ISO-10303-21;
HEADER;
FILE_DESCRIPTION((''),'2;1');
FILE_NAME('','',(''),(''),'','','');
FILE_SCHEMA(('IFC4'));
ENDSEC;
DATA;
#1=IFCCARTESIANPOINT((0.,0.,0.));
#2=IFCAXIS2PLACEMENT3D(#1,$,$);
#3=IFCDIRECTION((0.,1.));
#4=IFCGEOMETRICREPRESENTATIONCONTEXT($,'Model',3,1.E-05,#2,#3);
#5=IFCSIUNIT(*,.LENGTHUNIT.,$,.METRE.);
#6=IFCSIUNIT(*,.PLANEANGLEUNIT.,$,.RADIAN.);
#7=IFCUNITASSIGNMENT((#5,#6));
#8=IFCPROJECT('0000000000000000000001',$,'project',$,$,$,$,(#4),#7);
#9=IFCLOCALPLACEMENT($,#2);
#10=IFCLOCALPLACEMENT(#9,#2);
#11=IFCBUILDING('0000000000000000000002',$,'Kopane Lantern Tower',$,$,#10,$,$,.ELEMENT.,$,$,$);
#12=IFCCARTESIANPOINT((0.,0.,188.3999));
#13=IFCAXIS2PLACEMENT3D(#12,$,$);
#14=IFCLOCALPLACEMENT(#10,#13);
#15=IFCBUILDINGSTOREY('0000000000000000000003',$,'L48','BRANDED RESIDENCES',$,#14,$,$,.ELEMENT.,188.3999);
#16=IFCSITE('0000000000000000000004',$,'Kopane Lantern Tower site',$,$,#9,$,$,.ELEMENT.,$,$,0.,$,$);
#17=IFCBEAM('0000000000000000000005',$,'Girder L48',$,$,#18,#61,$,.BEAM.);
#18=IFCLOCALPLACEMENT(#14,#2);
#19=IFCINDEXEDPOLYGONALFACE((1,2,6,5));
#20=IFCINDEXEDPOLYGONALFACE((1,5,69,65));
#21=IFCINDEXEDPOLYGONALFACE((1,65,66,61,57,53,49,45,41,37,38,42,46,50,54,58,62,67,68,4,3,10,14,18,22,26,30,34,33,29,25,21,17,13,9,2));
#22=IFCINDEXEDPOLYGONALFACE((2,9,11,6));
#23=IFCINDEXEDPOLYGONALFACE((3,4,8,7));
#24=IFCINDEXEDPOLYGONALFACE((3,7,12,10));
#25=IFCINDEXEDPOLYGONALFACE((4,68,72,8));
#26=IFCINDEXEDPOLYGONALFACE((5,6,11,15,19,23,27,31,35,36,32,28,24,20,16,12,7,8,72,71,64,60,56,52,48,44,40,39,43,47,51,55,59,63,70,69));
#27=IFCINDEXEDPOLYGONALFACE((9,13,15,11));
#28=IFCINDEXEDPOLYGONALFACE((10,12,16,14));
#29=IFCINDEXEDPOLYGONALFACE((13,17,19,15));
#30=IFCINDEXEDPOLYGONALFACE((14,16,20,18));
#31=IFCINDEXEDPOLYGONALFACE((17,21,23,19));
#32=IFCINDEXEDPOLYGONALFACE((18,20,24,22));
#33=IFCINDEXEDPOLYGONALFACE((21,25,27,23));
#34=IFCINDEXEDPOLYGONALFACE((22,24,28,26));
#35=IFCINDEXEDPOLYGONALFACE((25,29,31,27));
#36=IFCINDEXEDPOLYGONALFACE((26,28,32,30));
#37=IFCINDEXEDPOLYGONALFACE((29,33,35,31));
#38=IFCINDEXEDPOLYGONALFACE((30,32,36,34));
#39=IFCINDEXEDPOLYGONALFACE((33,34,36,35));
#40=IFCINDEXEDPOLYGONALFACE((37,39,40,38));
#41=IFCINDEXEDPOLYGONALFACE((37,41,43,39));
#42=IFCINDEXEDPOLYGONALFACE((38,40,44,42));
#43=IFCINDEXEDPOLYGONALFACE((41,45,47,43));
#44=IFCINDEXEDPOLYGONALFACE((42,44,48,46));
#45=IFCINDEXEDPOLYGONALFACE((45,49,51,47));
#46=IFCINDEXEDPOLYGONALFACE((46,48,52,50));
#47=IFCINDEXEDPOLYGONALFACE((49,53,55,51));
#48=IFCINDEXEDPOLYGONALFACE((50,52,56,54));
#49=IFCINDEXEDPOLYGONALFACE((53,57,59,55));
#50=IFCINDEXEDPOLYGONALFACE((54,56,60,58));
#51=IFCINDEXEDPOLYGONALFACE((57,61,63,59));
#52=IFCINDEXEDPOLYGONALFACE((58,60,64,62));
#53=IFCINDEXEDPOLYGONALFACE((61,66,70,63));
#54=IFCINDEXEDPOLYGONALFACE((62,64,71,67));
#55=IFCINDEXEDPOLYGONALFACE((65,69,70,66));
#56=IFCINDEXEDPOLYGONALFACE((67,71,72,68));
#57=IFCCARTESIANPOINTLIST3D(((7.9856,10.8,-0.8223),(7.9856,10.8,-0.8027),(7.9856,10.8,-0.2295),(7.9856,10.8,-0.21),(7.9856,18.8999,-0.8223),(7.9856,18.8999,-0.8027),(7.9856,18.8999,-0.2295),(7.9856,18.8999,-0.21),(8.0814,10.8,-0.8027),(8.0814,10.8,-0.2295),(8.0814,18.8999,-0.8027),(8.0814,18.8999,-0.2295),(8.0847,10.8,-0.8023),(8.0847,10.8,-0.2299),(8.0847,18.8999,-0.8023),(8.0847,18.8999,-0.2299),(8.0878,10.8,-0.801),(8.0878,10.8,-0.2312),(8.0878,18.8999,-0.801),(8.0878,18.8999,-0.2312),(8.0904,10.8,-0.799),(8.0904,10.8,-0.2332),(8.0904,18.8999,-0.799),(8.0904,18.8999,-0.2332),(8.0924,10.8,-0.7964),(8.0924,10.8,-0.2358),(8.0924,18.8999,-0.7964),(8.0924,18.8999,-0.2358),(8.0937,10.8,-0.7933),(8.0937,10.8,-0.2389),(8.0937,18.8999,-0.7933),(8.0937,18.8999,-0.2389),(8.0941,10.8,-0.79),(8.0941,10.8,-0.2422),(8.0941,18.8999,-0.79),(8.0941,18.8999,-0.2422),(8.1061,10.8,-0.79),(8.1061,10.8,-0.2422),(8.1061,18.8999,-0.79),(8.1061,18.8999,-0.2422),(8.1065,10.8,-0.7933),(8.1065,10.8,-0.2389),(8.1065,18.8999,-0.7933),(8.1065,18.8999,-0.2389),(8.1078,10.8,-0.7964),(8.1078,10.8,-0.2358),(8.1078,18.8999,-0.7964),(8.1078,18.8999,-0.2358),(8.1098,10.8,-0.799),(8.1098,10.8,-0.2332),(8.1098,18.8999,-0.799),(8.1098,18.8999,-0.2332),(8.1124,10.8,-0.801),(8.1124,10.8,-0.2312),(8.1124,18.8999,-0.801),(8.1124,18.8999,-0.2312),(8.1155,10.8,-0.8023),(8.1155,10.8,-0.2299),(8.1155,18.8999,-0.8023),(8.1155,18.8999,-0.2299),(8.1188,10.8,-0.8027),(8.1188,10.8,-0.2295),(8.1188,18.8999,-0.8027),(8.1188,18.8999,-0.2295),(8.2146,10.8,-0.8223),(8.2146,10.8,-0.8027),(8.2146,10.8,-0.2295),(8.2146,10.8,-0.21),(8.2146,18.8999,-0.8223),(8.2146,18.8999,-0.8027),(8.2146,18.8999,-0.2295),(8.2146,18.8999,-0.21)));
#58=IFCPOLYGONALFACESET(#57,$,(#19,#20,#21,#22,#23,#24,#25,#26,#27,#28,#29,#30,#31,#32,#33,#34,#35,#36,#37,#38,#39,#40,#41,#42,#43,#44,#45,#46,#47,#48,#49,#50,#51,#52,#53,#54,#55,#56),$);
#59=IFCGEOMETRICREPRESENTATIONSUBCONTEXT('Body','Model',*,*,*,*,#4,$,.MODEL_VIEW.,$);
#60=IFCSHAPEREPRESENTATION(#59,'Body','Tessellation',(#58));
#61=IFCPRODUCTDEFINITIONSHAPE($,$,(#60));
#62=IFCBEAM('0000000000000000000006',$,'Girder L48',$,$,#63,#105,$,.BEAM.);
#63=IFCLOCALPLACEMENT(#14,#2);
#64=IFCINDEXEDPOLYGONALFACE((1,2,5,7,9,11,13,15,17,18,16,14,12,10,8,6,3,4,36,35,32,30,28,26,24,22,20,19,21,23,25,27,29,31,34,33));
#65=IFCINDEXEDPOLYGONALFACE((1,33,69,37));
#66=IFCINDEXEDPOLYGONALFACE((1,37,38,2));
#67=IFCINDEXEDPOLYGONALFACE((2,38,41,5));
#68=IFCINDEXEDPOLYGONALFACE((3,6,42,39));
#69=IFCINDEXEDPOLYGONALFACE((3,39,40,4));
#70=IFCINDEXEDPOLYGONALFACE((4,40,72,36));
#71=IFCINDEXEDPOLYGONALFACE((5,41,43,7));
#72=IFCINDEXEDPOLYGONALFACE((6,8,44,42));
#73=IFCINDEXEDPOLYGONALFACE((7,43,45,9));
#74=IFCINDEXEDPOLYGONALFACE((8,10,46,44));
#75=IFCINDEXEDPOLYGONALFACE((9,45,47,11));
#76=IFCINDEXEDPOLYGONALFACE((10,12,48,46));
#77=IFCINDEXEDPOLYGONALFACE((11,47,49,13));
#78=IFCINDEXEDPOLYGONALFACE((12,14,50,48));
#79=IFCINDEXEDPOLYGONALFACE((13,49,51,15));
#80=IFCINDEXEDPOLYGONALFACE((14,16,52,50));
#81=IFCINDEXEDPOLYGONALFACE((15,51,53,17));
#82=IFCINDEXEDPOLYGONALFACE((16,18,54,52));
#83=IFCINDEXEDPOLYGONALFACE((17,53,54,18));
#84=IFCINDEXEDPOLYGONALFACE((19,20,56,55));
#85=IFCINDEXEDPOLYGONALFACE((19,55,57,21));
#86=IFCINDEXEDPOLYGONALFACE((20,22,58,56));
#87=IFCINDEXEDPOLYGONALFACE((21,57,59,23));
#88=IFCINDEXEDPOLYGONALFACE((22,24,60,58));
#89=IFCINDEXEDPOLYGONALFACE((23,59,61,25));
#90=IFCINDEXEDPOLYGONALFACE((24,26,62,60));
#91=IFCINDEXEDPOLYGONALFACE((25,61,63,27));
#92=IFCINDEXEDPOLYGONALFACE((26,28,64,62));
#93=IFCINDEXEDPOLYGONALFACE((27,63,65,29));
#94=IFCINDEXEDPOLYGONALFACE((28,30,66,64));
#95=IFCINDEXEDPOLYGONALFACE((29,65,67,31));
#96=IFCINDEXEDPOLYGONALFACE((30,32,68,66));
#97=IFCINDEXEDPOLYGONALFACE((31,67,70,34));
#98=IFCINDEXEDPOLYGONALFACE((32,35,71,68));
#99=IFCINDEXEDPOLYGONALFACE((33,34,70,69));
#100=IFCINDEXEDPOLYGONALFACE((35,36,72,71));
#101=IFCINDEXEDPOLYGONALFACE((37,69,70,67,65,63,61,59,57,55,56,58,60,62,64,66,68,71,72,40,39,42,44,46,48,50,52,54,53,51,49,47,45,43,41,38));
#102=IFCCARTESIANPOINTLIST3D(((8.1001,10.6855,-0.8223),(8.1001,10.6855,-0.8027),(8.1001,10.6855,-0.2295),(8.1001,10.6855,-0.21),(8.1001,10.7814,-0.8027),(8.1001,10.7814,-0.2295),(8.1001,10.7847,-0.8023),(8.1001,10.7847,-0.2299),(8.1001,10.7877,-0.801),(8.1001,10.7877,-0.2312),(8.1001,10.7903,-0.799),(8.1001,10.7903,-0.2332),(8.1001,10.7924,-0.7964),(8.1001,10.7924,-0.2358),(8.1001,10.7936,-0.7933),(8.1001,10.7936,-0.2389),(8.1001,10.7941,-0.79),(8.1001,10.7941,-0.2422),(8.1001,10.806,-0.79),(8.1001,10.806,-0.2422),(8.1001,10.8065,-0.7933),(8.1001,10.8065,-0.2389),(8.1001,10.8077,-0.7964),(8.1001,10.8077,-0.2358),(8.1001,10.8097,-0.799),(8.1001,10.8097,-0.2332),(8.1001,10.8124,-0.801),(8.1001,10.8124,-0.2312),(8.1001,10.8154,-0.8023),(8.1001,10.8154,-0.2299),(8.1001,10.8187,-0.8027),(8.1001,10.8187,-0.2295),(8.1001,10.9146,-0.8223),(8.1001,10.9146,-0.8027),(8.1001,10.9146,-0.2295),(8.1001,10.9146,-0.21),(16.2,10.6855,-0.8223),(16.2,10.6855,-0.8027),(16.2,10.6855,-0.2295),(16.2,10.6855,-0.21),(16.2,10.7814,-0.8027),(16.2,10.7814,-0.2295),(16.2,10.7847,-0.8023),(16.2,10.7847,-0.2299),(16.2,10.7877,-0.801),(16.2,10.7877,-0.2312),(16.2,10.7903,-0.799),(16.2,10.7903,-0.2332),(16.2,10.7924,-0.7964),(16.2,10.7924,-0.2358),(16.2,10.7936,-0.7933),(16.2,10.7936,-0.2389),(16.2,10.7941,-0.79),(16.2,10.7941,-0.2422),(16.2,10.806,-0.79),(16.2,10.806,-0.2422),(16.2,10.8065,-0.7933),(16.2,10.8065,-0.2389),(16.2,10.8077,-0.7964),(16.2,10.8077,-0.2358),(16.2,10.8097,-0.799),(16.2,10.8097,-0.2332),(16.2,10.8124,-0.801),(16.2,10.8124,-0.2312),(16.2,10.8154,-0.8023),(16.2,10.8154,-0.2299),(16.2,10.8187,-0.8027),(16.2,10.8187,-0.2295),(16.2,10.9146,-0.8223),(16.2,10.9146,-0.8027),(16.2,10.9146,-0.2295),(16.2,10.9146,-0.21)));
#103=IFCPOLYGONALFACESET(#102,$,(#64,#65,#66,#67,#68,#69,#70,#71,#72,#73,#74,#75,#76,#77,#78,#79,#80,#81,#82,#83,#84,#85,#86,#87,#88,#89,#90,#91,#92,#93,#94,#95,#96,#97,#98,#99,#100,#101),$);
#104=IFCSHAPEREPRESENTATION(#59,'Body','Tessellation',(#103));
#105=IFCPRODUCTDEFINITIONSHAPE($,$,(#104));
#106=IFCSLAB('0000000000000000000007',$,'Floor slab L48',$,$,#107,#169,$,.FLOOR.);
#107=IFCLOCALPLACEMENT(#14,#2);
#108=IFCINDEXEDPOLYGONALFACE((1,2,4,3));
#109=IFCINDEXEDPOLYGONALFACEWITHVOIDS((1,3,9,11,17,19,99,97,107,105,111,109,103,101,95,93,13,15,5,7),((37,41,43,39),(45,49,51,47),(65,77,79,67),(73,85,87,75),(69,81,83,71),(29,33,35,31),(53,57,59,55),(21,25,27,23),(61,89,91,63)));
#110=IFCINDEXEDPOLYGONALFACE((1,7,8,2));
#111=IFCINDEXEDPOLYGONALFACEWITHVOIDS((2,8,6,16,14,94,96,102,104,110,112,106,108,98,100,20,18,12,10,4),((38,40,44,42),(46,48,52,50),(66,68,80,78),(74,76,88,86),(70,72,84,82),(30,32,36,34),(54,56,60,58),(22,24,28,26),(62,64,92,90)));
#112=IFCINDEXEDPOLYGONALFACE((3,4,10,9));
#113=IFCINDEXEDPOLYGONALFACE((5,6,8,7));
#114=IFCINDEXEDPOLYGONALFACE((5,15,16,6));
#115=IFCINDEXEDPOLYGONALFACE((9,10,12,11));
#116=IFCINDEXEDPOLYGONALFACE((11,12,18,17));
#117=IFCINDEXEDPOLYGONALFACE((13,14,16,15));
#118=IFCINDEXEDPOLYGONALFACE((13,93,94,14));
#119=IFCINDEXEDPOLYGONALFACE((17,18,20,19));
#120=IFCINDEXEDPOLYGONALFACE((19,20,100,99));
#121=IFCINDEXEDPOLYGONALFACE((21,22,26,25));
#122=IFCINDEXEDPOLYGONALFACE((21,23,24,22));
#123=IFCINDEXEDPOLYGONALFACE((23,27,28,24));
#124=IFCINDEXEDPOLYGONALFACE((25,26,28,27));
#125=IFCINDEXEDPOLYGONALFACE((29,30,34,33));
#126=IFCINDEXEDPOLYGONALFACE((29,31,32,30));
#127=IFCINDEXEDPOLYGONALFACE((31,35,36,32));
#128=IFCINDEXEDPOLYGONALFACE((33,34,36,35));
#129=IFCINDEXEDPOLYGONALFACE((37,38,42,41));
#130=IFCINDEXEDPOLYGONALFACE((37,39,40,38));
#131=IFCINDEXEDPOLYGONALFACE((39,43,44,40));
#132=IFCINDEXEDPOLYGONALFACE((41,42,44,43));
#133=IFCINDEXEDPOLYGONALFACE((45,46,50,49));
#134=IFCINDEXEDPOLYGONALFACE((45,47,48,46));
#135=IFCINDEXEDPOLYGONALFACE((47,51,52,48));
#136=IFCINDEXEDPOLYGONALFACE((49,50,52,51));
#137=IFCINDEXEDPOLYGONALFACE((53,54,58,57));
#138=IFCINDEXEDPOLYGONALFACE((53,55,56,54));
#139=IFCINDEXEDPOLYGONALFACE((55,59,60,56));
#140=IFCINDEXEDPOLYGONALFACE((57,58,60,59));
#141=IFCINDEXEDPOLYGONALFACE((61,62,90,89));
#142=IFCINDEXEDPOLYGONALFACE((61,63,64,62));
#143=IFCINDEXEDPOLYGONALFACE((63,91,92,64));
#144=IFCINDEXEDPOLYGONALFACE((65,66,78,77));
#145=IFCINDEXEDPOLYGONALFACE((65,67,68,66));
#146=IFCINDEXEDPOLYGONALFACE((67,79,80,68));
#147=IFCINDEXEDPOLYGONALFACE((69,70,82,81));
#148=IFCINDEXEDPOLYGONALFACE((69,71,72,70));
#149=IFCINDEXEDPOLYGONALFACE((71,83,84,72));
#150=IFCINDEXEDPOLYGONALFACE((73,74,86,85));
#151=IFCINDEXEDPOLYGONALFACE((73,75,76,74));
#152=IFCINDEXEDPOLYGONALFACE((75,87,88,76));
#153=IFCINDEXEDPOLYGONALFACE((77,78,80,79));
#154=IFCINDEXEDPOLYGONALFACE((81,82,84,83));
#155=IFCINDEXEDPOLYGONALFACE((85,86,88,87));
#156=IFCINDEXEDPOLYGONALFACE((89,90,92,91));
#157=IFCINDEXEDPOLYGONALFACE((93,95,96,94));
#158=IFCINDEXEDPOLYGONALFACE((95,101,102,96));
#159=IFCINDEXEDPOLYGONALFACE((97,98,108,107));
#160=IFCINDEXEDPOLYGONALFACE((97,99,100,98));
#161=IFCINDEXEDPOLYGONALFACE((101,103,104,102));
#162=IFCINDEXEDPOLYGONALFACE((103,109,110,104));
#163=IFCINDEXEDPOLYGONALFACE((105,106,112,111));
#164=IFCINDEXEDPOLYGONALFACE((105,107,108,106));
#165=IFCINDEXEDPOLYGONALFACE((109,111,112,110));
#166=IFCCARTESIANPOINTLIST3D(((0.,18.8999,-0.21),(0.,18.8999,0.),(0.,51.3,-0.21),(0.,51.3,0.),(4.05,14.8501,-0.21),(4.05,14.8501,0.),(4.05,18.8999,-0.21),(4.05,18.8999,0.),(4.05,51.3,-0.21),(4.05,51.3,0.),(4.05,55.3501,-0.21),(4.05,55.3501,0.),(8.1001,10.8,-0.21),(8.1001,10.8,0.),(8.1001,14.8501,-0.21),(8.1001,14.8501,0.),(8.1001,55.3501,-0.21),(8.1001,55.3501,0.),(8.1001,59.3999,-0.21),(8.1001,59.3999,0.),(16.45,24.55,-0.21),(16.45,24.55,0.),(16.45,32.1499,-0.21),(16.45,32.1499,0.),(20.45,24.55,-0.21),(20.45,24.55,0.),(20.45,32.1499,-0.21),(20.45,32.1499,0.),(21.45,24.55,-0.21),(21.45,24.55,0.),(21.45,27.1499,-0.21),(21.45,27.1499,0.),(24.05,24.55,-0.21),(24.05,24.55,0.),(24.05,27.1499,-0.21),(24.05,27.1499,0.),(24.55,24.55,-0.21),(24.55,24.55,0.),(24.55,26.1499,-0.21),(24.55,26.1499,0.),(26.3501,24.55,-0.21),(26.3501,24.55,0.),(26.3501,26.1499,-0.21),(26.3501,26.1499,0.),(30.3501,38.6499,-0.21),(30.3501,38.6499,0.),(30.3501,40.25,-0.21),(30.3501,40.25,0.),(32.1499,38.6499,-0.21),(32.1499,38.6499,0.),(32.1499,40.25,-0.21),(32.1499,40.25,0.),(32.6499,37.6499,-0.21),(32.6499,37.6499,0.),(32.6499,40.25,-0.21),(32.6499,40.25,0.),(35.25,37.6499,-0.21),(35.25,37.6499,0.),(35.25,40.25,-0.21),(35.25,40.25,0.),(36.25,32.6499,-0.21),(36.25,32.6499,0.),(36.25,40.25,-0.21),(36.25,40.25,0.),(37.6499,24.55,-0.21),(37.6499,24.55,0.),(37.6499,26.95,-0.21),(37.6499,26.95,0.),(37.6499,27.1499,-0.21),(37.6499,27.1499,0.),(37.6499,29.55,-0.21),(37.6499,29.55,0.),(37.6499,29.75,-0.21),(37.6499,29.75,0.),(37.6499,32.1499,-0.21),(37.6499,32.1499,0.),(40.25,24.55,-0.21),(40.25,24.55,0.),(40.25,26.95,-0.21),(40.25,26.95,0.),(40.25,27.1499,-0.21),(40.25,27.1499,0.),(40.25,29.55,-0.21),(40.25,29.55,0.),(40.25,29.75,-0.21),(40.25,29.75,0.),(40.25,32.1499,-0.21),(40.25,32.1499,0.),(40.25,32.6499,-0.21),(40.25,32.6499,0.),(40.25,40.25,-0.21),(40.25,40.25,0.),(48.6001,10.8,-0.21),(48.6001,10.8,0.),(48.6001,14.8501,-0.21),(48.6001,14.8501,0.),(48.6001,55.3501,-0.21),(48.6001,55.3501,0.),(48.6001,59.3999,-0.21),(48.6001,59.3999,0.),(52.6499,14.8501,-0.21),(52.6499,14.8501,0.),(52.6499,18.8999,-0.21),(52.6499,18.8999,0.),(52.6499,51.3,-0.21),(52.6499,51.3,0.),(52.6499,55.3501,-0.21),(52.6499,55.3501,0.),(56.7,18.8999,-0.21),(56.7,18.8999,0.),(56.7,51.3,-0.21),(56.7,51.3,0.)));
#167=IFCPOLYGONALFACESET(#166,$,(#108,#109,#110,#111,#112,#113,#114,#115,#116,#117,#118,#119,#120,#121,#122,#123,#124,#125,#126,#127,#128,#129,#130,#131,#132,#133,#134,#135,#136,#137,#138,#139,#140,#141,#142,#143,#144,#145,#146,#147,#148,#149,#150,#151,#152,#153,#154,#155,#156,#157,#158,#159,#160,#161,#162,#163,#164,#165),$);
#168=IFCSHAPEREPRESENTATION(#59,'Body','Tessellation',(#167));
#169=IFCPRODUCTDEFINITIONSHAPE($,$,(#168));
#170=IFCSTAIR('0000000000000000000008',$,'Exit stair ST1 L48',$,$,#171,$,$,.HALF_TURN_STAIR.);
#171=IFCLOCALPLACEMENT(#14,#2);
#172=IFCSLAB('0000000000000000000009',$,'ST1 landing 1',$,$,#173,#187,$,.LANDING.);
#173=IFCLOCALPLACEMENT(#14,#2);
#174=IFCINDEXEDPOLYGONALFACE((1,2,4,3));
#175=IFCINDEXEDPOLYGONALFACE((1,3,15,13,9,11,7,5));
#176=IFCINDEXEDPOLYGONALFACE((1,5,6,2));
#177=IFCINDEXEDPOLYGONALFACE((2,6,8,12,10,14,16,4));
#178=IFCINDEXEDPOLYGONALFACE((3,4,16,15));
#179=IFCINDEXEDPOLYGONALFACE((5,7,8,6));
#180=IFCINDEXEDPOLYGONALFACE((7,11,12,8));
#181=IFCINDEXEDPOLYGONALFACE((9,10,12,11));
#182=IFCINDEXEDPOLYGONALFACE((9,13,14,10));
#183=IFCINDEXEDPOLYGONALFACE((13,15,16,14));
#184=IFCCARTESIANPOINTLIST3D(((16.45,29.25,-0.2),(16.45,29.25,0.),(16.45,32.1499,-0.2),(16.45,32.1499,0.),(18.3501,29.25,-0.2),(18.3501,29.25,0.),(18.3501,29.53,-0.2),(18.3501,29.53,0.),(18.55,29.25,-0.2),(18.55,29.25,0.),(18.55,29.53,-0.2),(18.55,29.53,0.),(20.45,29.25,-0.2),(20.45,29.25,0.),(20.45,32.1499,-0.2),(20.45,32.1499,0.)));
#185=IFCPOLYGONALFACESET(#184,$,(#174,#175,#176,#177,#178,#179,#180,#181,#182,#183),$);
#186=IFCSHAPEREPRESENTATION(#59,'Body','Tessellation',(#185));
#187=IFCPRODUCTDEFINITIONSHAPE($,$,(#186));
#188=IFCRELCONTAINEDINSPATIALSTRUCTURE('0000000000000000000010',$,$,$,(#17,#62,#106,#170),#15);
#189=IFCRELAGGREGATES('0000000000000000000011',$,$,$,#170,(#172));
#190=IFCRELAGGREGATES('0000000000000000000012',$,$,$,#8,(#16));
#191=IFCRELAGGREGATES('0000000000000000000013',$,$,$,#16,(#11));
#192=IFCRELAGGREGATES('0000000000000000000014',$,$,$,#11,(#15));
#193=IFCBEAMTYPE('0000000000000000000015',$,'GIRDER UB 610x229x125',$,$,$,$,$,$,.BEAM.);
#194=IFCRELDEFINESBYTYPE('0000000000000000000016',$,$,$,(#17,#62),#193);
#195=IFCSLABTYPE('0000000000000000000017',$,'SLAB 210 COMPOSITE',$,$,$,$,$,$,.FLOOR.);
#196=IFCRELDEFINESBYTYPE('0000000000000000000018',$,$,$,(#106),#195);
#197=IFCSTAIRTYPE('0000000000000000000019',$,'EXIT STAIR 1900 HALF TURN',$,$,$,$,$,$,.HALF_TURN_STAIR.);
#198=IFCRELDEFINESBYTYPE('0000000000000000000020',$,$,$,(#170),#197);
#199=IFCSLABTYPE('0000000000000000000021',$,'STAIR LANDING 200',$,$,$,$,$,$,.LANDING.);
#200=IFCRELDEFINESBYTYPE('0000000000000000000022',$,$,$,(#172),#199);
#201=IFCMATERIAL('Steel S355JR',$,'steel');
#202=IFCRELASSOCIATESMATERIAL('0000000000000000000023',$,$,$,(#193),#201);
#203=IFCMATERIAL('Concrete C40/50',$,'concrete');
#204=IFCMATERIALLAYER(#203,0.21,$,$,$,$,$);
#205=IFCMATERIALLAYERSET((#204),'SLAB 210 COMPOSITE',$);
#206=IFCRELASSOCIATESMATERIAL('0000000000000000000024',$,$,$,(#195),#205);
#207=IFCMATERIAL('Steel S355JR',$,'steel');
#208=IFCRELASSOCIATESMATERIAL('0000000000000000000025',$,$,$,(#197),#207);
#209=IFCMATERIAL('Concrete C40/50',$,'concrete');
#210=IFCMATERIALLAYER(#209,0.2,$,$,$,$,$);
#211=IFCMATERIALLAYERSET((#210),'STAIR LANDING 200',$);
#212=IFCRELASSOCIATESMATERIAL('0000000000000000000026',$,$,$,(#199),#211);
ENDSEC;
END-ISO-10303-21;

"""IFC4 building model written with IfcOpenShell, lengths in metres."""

from ifc_helpers import new_model, si_unit, direction, frame, origin, origin_2d, place, context, subcontext, project, spatial, polyline, i_section, outline, extrude, material, layer, layer_set, material_profile, profile_set, type_object, element, aggregate, save


model = new_model("IFC4")

# Units and contexts
model_context = context("Model", 3, precision=1e-05, world=origin(), true_north=direction((0.0, 1.0)))
body_context = subcontext(model_context, "Body", "Model", "MODEL_VIEW")
ifc_project = project(units=[si_unit("LENGTHUNIT", "METRE"), si_unit("PLANEANGLEUNIT", "RADIAN")], contexts=[model_context])

# Site, building, storey
site_placement = place(None, origin())
site = spatial("IfcSite", under=ifc_project, at=site_placement, Name="Kopane Lantern Tower site", CompositionType="ELEMENT", RefElevation=0.0)
building_placement = place(site_placement, origin())
building = spatial("IfcBuilding", under=site, at=building_placement, Name="Kopane Lantern Tower", CompositionType="ELEMENT")
storey_placement = place(building_placement, frame((0.0, 0.0, 188.3999)))
storey = spatial("IfcBuildingStorey", under=building, at=storey_placement, Name="L48", Description="BRANDED RESIDENCES", CompositionType="ELEMENT", Elevation=188.3999)

# Beams
ifc_material_1 = material(Name="Steel S355JR", Category="steel")
ifc_material_profile_1 = material_profile(ifc_material_1, i_section(OverallWidth=0.229, OverallDepth=0.6123, WebThickness=0.012, FlangeThickness=0.0195, FilletRadius=0.0127, at=origin_2d()), Name="UB 610x229x125")
ifc_profile_set_1 = profile_set([ifc_material_profile_1], Name="Steel S355JR")
beam_type_1 = type_object("IfcBeamType", Name="GIRDER UB 610x229x125", PredefinedType="BEAM", material=ifc_profile_set_1)
for number, where, z_axis, x_axis, name in (
    (1, (8.1001, 10.8, -0.5161), (0.0, 1.0, 0.0), (-1.0, 0.0, 0.0), "Girder L48"),
    (2, (8.1001, 10.8, -0.5161), (1.0, 0.0, 0.0), (0.0, 1.0, 0.0), "Girder L48"),
):
    element("IfcBeam", number, at=place(storey_placement, frame(where, z_axis=z_axis, x_axis=x_axis)), inside=storey, type_object=beam_type_1, Name=name, PredefinedType="BEAM", context=body_context, shape_type="SweptSolid", body=[
        extrude(i_section(OverallWidth=0.229, OverallDepth=0.6123, WebThickness=0.012, FlangeThickness=0.0195, FilletRadius=0.0127, at=origin_2d()), origin(), (0.0, 0.0, 1.0), 8.0999),
    ])

# Slab
ifc_material_2 = material(Name="Concrete C40/50", Category="concrete")
ifc_layer_1 = layer(ifc_material_2, 0.21)
ifc_layer_set_1 = layer_set([ifc_layer_1], Name="SLAB 210 COMPOSITE")
slab_type_1 = type_object("IfcSlabType", Name="SLAB 210 COMPOSITE", PredefinedType="FLOOR", material=ifc_layer_set_1)
slab_1_placement = place(storey_placement, frame((0.0, 0.0, -0.21)))
element("IfcSlab", 3, at=slab_1_placement, inside=storey, type_object=slab_type_1, Name="Floor slab L48", PredefinedType="FLOOR", context=body_context, shape_type="SweptSolid", body=[
    extrude(outline(polyline([(8.1001, 10.8), (48.6001, 10.8), (48.6001, 14.8501), (52.6499, 14.8501), (52.6499, 18.8999), (56.7, 18.8999), (56.7, 51.3), (52.6499, 51.3), (52.6499, 55.3501), (48.6001, 55.3501), (48.6001, 59.3999), (8.1001, 59.3999), (8.1001, 55.3501), (4.05, 55.3501), (4.05, 51.3), (0.0, 51.3), (0.0, 18.8999), (4.05, 18.8999), (4.05, 14.8501), (8.1001, 14.8501), (8.1001, 10.8)]), holes=[polyline([(16.45, 24.55), (20.45, 24.55), (20.45, 32.1499), (16.45, 32.1499), (16.45, 24.55)]), polyline([(36.25, 32.6499), (40.25, 32.6499), (40.25, 40.25), (36.25, 40.25), (36.25, 32.6499)]), polyline([(37.6499, 24.55), (40.25, 24.55), (40.25, 26.95), (37.6499, 26.95), (37.6499, 24.55)]), polyline([(37.6499, 27.1499), (40.25, 27.1499), (40.25, 29.55), (37.6499, 29.55), (37.6499, 27.1499)]), polyline([(37.6499, 29.75), (40.25, 29.75), (40.25, 32.1499), (37.6499, 32.1499), (37.6499, 29.75)]), polyline([(21.45, 24.55), (24.05, 24.55), (24.05, 27.1499), (21.45, 27.1499), (21.45, 24.55)]), polyline([(32.6499, 37.6499), (35.25, 37.6499), (35.25, 40.25), (32.6499, 40.25), (32.6499, 37.6499)]), polyline([(24.55, 24.55), (26.3501, 24.55), (26.3501, 26.1499), (24.55, 26.1499), (24.55, 24.55)]), polyline([(30.3501, 38.6499), (32.1499, 38.6499), (32.1499, 40.25), (30.3501, 40.25), (30.3501, 38.6499)])]), origin(), (0.0, 0.0, 1.0), 0.21),
])

# Stair, slab
ifc_material_3 = material(Name="Steel S355JR", Category="steel")
stair_type = type_object("IfcStairType", Name="EXIT STAIR 1900 HALF TURN", PredefinedType="HALF_TURN_STAIR", material=ifc_material_3)
stair_1_placement = place(storey_placement, origin())
stair_1 = element("IfcStair", 4, at=stair_1_placement, inside=storey, type_object=stair_type, Name="Exit stair ST1 L48", PredefinedType="HALF_TURN_STAIR")
ifc_material_4 = material(Name="Concrete C40/50", Category="concrete")
ifc_layer_2 = layer(ifc_material_4, 0.2)
ifc_layer_set_2 = layer_set([ifc_layer_2], Name="STAIR LANDING 200")
slab_type_2 = type_object("IfcSlabType", Name="STAIR LANDING 200", PredefinedType="LANDING", material=ifc_layer_set_2)
slab_2_placement = place(storey_placement, frame((0.0, 0.0, -0.2)))
slab_2 = element("IfcSlab", 5, at=slab_2_placement, type_object=slab_type_2, Name="ST1 landing 1", PredefinedType="LANDING", context=body_context, shape_type="SweptSolid", body=[
    extrude(outline(polyline([(18.3501, 29.53), (18.55, 29.53), (18.55, 29.25), (20.45, 29.25), (20.45, 32.1499), (16.45, 32.1499), (16.45, 29.25), (18.3501, 29.25), (18.3501, 29.53)])), origin(), (0.0, 0.0, 1.0), 0.2),
])
aggregate(stair_1, [slab_2])

save(model, "model.ifc")
